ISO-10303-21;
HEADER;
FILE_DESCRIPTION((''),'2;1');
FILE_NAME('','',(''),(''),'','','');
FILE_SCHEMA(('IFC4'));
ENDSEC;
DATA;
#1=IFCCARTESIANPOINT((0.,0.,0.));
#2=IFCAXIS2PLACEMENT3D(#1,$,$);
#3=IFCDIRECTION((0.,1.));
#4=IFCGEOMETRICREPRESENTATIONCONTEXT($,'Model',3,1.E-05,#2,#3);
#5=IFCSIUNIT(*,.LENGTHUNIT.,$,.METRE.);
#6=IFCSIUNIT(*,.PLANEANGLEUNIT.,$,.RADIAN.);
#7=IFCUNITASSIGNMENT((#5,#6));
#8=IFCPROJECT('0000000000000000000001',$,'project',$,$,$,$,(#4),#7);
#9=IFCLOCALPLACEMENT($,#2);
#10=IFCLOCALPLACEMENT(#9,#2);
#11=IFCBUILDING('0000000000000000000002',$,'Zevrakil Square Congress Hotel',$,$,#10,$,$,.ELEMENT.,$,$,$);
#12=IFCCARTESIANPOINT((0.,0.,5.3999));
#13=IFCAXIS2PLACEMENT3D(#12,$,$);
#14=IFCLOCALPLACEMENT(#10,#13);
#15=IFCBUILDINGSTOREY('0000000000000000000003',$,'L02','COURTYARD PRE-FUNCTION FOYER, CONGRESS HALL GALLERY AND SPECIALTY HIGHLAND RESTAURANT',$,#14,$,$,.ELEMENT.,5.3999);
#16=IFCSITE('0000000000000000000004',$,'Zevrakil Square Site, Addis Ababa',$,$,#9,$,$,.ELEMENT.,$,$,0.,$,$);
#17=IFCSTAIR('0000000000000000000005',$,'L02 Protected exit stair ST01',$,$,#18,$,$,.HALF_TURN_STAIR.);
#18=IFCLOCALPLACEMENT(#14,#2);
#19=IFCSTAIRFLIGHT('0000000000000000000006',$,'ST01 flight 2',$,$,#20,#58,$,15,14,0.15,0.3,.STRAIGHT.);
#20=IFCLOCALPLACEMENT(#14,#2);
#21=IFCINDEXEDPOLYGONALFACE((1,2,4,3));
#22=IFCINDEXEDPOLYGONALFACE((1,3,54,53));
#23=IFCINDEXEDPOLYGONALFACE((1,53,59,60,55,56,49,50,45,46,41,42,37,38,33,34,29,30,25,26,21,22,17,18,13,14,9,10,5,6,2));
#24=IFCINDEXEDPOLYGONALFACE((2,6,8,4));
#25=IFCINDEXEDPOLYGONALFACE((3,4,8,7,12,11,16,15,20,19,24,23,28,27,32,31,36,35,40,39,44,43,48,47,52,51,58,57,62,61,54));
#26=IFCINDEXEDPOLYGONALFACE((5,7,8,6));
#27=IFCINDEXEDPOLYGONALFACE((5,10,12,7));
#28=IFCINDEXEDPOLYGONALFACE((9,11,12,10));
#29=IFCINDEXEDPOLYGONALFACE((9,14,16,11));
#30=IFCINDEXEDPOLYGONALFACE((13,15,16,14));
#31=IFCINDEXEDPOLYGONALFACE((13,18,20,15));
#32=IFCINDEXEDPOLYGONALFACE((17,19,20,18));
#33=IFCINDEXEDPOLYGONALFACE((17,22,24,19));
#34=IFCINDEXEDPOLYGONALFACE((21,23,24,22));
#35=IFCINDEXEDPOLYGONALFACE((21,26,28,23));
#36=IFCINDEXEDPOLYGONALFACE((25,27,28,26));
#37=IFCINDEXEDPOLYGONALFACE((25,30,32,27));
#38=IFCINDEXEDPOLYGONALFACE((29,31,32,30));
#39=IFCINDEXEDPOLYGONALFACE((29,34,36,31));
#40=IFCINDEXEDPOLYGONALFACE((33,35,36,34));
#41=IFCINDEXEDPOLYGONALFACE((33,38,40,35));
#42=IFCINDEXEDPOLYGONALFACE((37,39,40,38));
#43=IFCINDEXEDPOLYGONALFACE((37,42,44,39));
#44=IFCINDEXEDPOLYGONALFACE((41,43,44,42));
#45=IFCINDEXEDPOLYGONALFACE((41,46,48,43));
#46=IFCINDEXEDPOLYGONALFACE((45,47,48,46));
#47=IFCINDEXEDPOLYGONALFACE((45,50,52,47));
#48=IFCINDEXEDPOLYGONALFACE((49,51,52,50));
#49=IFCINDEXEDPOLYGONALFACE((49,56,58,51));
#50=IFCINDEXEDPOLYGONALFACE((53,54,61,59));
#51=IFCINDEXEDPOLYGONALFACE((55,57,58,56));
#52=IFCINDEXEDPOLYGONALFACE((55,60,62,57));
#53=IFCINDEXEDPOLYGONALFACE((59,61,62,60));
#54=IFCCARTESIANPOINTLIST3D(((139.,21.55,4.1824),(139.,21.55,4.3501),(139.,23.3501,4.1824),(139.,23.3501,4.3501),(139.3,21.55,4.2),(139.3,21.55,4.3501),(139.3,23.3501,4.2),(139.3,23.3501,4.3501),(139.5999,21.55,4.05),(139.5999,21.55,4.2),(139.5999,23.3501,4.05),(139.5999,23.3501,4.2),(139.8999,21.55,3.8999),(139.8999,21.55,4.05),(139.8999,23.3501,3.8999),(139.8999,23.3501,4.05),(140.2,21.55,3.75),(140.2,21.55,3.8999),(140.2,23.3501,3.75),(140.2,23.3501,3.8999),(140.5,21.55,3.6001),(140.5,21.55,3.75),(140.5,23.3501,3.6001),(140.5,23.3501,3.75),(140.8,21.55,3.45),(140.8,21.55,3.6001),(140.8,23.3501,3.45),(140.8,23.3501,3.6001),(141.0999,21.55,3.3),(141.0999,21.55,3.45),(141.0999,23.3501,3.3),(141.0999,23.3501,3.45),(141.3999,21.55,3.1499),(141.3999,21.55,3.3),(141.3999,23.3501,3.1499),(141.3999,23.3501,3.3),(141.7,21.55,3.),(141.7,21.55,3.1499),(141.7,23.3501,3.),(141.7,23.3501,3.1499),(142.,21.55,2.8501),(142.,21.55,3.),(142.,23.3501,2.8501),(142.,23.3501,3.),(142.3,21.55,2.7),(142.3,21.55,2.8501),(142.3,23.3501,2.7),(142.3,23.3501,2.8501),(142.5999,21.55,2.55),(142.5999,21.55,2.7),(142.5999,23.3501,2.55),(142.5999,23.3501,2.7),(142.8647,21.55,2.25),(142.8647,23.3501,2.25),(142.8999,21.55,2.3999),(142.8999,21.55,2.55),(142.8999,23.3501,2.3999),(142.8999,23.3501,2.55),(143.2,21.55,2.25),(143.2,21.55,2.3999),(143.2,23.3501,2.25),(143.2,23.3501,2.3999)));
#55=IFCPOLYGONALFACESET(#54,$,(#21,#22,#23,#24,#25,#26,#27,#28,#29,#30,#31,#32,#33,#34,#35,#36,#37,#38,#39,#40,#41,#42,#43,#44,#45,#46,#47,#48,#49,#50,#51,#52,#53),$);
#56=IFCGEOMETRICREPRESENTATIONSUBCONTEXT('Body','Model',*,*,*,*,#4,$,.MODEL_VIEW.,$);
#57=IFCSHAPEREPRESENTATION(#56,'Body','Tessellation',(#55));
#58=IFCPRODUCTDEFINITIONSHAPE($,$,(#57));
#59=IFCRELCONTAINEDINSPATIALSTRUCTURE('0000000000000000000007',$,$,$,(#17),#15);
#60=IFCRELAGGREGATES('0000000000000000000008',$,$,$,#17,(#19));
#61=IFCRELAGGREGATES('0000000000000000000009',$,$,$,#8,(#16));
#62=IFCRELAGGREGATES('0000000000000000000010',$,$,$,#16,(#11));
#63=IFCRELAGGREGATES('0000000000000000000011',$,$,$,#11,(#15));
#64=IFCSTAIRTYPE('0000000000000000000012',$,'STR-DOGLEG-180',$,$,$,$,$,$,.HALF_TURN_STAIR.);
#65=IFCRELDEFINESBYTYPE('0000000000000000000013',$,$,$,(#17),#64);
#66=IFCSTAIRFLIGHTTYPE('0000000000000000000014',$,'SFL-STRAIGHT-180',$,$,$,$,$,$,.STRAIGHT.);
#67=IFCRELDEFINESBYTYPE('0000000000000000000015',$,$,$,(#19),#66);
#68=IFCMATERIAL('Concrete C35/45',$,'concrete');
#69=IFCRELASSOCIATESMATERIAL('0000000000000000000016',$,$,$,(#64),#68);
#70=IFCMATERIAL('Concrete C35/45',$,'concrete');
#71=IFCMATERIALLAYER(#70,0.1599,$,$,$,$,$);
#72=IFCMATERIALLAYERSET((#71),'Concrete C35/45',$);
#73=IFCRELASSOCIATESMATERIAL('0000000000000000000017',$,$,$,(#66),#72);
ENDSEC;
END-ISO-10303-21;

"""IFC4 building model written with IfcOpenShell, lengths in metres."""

from ifc_helpers import new_model, si_unit, direction, frame, origin, place, context, subcontext, project, spatial, polyline, outline, extrude, material, layer, layer_set, type_object, element, aggregate, save


model = new_model("IFC4")

# Units and contexts
model_context = context("Model", 3, precision=1e-05, world=origin(), true_north=direction((0.0, 1.0)))
body_context = subcontext(model_context, "Body", "Model", "MODEL_VIEW")
ifc_project = project(units=[si_unit("LENGTHUNIT", "METRE"), si_unit("PLANEANGLEUNIT", "RADIAN")], contexts=[model_context])

# Site, building, storey
site_placement = place(None, origin())
site = spatial("IfcSite", under=ifc_project, at=site_placement, Name="Zevrakil Square Site, Addis Ababa", CompositionType="ELEMENT", RefElevation=0.0)
building_placement = place(site_placement, origin())
building = spatial("IfcBuilding", under=site, at=building_placement, Name="Zevrakil Square Congress Hotel", CompositionType="ELEMENT")
storey_placement = place(building_placement, frame((0.0, 0.0, 5.3999)))
storey = spatial("IfcBuildingStorey", under=building, at=storey_placement, Name="L02", Description="COURTYARD PRE-FUNCTION FOYER, CONGRESS HALL GALLERY AND SPECIALTY HIGHLAND RESTAURANT", CompositionType="ELEMENT", Elevation=5.3999)

# Stair, stair flight
ifc_material_1 = material(Name="Concrete C35/45", Category="concrete")
stair_type = type_object("IfcStairType", Name="STR-DOGLEG-180", PredefinedType="HALF_TURN_STAIR", material=ifc_material_1)
stair_placement = place(storey_placement, origin())
stair = element("IfcStair", 1, at=stair_placement, inside=storey, type_object=stair_type, Name="L02 Protected exit stair ST01", PredefinedType="HALF_TURN_STAIR")
ifc_material_2 = material(Name="Concrete C35/45", Category="concrete")
ifc_layer_1 = layer(ifc_material_2, 0.1599)
ifc_layer_set_1 = layer_set([ifc_layer_1], Name="Concrete C35/45")
stair_flight_type = type_object("IfcStairFlightType", Name="SFL-STRAIGHT-180", PredefinedType="STRAIGHT", material=ifc_layer_set_1)
stair_flight_1_placement = place(storey_placement, frame((143.2, 22.45, 2.25), z_axis=(0.0, 0.0, 1.0), x_axis=(-1.0, 0.0, 0.0)))
stair_flight_1 = element("IfcStairFlight", 2, at=stair_flight_1_placement, type_object=stair_flight_type, Name="ST01 flight 2", NumberOfRisers=15, NumberOfTreads=14, PredefinedType="STRAIGHT", RiserHeight=0.15, TreadLength=0.3, context=body_context, shape_type="SweptSolid", body=[
    extrude(outline(polyline([(0.0, 0.0), (0.0, 0.1499), (0.3, 0.1499), (0.3, 0.3), (0.6001, 0.3), (0.6001, 0.45), (0.8999, 0.45), (0.8999, 0.6001), (1.2, 0.6001), (1.2, 0.75), (1.5, 0.75), (1.5, 0.8999), (1.8, 0.8999), (1.8, 1.05), (2.1001, 1.05), (2.1001, 1.2), (2.3999, 1.2), (2.3999, 1.3501), (2.7, 1.3501), (2.7, 1.5), (3.0, 1.5), (3.0, 1.6499), (3.3, 1.6499), (3.3, 1.8), (3.6001, 1.8), (3.6001, 1.95), (3.8999, 1.95), (3.8999, 2.1001), (4.2, 2.1001), (4.2, 2.25), (4.2, 1.9324), (0.3352, 0.0), (0.0, 0.0)])), frame((0.0, 0.8999, 0.0), z_axis=(0.0, -1.0, 0.0), x_axis=(1.0, 0.0, 0.0)), (0.0, 0.0, 1.0), 1.8),
])
aggregate(stair, [stair_flight_1])

save(model, "model.ifc")
